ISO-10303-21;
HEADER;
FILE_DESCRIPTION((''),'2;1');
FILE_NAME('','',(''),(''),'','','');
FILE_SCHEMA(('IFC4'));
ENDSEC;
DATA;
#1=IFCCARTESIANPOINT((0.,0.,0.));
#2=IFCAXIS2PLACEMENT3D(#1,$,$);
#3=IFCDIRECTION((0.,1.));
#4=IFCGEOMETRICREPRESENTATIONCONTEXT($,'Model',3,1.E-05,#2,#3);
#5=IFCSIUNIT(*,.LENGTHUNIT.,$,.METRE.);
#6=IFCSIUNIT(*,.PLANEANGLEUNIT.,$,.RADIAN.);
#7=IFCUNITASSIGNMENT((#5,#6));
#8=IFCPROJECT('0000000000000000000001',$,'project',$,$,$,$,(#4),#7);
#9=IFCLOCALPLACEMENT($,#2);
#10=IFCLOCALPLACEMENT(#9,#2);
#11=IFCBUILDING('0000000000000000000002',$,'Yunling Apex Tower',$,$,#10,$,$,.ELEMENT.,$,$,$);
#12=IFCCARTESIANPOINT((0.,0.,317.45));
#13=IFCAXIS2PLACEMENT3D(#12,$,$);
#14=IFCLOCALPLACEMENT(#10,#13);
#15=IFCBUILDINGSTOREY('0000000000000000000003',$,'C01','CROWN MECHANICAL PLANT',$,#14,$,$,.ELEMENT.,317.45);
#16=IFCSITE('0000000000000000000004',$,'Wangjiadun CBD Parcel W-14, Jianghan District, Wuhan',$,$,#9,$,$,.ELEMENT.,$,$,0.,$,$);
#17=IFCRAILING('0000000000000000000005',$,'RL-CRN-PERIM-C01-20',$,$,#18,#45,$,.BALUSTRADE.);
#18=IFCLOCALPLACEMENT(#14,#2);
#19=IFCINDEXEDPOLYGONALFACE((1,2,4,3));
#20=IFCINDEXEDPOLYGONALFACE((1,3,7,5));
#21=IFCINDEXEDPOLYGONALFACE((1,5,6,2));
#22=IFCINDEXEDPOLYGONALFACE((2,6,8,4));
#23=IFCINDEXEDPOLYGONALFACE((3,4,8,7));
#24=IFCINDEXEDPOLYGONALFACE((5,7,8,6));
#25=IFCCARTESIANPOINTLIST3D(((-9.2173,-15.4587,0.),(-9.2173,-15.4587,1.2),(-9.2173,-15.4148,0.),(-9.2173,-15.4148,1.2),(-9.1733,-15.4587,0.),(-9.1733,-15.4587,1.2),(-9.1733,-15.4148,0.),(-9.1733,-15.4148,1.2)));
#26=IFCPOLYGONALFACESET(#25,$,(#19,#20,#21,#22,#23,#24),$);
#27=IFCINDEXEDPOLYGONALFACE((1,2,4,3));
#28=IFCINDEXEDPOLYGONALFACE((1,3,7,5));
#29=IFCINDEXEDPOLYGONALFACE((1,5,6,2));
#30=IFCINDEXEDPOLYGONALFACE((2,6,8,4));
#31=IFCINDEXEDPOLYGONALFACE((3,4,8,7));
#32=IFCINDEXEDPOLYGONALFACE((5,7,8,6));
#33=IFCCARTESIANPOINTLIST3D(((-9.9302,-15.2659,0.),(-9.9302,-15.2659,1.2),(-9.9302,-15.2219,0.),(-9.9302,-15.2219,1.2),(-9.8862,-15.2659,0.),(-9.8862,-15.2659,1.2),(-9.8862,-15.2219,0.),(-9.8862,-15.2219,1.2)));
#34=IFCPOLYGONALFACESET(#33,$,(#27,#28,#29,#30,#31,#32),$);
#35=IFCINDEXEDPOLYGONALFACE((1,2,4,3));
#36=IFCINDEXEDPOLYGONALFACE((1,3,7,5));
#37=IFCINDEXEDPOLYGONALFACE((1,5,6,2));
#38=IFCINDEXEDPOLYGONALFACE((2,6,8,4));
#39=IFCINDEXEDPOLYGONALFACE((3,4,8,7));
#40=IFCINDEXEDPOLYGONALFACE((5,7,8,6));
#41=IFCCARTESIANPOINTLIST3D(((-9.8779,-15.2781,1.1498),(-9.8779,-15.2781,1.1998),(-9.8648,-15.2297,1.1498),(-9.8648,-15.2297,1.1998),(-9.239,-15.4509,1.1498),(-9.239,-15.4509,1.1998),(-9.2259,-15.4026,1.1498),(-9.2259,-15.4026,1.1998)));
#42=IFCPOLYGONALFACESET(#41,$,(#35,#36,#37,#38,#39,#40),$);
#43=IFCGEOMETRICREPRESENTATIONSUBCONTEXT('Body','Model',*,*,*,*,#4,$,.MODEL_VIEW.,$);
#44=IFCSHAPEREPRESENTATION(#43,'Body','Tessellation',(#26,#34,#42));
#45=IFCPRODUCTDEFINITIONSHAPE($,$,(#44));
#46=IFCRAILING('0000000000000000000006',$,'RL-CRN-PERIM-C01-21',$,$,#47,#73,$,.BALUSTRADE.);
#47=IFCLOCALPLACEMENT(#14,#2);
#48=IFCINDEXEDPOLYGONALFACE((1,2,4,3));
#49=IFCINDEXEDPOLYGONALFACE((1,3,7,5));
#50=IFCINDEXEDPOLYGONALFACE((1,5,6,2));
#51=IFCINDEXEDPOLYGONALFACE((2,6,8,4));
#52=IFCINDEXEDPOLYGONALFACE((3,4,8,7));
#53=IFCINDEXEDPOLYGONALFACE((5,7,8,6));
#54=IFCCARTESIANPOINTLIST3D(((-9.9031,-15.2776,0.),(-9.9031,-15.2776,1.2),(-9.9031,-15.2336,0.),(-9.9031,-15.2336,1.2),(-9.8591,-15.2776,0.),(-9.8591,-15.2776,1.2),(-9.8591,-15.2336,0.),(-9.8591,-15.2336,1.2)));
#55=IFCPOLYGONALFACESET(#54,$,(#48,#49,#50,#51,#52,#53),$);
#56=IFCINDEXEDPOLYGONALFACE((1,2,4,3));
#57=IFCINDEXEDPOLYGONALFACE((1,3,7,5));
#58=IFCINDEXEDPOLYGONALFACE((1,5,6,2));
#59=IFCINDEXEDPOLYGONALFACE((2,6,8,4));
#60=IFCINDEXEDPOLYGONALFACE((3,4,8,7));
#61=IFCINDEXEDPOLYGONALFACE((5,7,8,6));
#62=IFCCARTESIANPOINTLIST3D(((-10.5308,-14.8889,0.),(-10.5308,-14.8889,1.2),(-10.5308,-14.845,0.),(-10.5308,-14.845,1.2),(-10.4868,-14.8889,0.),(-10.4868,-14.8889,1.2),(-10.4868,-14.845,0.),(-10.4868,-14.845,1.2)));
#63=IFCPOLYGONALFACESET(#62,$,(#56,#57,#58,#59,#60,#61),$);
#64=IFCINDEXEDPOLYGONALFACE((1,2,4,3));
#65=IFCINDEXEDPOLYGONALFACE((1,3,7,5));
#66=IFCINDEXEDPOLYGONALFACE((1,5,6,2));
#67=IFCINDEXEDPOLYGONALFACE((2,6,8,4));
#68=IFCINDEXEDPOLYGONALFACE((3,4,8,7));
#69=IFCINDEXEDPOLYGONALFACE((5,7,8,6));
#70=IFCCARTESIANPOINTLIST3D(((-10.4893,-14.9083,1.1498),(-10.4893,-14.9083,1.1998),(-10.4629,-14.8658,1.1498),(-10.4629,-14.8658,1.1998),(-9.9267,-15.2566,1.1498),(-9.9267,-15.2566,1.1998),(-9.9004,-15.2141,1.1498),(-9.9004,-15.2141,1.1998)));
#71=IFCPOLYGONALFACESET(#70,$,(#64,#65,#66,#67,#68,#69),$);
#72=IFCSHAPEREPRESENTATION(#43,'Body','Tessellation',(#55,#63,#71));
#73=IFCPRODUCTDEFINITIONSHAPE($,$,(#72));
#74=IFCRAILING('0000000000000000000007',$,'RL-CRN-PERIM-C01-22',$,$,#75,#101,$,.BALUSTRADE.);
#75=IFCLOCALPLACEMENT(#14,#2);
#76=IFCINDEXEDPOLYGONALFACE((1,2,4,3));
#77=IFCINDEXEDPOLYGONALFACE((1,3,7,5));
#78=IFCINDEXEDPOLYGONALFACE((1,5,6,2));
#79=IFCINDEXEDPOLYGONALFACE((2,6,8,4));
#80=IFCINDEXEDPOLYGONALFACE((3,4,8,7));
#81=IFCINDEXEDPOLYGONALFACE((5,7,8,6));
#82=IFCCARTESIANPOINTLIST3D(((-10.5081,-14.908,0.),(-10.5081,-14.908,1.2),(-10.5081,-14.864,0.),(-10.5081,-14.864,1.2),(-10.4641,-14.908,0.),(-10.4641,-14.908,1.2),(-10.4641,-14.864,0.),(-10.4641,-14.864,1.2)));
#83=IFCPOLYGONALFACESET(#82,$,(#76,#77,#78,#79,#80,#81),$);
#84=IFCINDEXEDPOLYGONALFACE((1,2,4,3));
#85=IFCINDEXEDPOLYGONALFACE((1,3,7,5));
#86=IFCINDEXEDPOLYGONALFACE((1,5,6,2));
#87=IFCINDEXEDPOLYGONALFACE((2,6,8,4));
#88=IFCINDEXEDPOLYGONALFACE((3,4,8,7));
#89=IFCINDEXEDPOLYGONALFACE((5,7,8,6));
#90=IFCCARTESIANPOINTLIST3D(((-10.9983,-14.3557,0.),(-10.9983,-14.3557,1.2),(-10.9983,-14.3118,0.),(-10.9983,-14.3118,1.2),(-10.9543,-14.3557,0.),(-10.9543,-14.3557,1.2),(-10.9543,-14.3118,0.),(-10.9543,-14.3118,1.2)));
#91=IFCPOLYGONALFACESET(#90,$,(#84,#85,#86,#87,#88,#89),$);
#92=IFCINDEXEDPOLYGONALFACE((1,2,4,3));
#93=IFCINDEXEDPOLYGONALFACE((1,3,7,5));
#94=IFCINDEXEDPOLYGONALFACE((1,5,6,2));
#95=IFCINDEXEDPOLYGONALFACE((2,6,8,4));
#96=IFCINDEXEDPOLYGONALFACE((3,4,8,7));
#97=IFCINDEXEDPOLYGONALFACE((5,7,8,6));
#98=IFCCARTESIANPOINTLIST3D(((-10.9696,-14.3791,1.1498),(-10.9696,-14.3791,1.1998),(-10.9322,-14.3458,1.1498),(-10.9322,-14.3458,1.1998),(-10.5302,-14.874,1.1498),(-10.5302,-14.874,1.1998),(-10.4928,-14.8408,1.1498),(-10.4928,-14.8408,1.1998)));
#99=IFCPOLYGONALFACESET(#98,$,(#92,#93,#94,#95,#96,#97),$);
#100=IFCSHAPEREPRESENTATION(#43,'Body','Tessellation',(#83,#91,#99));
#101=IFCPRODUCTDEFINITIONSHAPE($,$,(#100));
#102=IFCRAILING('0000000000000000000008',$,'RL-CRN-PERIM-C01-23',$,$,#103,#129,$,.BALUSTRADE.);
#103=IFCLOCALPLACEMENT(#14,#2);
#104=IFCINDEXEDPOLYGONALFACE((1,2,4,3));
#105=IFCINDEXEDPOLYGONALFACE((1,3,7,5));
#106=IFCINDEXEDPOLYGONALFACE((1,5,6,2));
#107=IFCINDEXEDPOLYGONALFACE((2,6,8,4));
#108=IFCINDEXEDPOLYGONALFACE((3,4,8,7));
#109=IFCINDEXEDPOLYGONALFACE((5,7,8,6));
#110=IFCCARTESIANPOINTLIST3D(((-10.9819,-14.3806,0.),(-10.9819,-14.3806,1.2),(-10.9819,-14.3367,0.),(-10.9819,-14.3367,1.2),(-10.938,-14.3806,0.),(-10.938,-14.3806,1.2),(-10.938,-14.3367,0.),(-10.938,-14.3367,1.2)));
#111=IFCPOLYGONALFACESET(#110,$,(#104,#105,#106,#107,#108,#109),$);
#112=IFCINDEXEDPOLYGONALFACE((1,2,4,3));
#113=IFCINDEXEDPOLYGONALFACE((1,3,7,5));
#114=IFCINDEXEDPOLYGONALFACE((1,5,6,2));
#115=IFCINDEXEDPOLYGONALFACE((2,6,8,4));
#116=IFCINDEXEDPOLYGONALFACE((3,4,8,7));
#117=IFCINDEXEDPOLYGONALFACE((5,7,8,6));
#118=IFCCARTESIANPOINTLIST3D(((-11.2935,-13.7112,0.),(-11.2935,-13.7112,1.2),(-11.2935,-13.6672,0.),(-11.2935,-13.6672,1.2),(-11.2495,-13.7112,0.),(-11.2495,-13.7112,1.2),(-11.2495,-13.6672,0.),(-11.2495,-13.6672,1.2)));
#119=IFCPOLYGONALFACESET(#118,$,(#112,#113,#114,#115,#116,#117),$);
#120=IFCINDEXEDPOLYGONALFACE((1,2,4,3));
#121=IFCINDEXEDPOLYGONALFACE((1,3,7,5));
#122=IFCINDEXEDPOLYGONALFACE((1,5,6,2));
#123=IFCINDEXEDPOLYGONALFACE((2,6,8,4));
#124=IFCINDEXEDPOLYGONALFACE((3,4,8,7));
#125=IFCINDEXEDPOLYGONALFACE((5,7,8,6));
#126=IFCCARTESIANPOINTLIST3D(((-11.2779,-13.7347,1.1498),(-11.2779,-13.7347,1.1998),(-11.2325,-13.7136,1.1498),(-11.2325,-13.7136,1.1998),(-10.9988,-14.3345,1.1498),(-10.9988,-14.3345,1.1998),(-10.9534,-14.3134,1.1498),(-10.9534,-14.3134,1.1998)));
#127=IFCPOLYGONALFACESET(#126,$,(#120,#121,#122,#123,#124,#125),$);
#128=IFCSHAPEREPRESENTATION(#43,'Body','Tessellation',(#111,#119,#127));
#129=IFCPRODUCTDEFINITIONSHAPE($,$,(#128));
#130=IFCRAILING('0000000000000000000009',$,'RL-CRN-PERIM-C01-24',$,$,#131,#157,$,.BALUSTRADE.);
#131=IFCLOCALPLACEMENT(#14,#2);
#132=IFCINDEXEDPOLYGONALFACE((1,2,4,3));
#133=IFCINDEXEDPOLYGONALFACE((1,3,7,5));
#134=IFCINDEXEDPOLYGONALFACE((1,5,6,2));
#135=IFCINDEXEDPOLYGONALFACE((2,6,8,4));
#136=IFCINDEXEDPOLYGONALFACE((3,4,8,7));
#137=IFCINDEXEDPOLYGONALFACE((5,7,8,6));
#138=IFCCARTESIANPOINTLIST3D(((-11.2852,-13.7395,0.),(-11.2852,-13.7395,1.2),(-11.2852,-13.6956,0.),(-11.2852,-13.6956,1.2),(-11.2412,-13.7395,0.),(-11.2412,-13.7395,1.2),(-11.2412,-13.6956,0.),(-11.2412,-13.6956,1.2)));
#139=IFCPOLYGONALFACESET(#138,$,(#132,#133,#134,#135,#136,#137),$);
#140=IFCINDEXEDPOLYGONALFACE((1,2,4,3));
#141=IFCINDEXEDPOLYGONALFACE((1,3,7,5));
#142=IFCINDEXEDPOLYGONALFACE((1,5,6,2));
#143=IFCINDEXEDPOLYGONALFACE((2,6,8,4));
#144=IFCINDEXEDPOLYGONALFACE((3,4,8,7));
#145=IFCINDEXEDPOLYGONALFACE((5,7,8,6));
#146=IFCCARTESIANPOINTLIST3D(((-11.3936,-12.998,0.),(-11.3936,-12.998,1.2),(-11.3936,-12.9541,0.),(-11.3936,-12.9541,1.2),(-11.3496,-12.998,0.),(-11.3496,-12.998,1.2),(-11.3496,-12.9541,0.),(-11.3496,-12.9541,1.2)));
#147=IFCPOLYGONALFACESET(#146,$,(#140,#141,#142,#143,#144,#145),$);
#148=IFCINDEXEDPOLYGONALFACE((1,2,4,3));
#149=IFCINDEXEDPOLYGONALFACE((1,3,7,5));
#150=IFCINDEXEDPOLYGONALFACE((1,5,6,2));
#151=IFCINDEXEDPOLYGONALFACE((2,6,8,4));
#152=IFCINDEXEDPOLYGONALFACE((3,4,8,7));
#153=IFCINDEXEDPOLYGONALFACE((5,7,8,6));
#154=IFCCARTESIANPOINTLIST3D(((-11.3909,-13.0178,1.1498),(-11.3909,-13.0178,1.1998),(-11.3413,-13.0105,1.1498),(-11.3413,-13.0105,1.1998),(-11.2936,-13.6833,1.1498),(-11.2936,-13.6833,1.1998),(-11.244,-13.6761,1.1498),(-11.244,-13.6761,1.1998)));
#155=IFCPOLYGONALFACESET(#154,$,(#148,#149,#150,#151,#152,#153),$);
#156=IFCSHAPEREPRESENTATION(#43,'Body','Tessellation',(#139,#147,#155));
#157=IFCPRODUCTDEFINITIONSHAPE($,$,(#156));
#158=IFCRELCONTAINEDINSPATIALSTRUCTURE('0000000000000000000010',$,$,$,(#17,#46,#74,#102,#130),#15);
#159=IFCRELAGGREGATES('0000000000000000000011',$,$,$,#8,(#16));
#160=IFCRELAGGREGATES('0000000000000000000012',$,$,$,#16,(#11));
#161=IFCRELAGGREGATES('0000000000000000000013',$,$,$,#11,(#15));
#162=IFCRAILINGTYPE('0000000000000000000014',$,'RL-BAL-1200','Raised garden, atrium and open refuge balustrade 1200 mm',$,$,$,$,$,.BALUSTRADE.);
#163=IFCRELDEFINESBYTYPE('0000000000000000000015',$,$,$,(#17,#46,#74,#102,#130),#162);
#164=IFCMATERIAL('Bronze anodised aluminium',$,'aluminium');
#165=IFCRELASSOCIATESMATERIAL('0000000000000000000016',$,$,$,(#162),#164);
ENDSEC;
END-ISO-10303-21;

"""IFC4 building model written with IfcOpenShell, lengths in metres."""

from ifc_helpers import new_model, si_unit, direction, frame, origin, origin_2d, place, context, subcontext, project, spatial, rectangle, extrude, material, type_object, element, save


model = new_model("IFC4")

# Units and contexts
model_context = context("Model", 3, precision=1e-05, world=origin(), true_north=direction((0.0, 1.0)))
body_context = subcontext(model_context, "Body", "Model", "MODEL_VIEW")
ifc_project = project(units=[si_unit("LENGTHUNIT", "METRE"), si_unit("PLANEANGLEUNIT", "RADIAN")], contexts=[model_context])

# Site, building, storey
site_placement = place(None, origin())
site = spatial("IfcSite", under=ifc_project, at=site_placement, Name="Wangjiadun CBD Parcel W-14, Jianghan District, Wuhan", CompositionType="ELEMENT", RefElevation=0.0)
building_placement = place(site_placement, origin())
building = spatial("IfcBuilding", under=site, at=building_placement, Name="Yunling Apex Tower", CompositionType="ELEMENT")
storey_placement = place(building_placement, frame((0.0, 0.0, 317.45)))
storey = spatial("IfcBuildingStorey", under=building, at=storey_placement, Name="C01", Description="CROWN MECHANICAL PLANT", CompositionType="ELEMENT", Elevation=317.45)

# Shared definitions
ifc_material_1 = material(Name="Bronze anodised aluminium", Category="aluminium")

# Railings
railing_type = type_object("IfcRailingType", Name="RL-BAL-1200", Description="Raised garden, atrium and open refuge balustrade 1200 mm", PredefinedType="BALUSTRADE", material=ifc_material_1)
railing_1_placement = place(storey_placement, frame((-9.1953, -15.4368, 0.0)))
element("IfcRailing", 1, at=railing_1_placement, inside=storey, type_object=railing_type, Name="RL-CRN-PERIM-C01-20", PredefinedType="BALUSTRADE", context=body_context, shape_type="SweptSolid", body=[
    extrude(rectangle(XDim=0.0439, YDim=0.0439, at=origin_2d()), origin(), (0.0, 0.0, 1.0), 1.2),
    extrude(rectangle(XDim=0.0439, YDim=0.0439, at=origin_2d()), frame((-0.7129, 0.1929, 0.0)), (0.0, 0.0, 1.0), 1.2),
    extrude(rectangle(XDim=0.05, YDim=0.05, at=origin_2d()), frame((-0.0371, 0.01, 1.1748), z_axis=(-0.965296, 0.261159, 0.0), x_axis=(-0.261159, -0.965296, 0.0)), (0.0, 0.0, 1.0), 0.6619),
])
railing_2_placement = place(storey_placement, frame((-9.8811, -15.2556, 0.0)))
element("IfcRailing", 2, at=railing_2_placement, inside=storey, type_object=railing_type, Name="RL-CRN-PERIM-C01-21", PredefinedType="BALUSTRADE", context=body_context, shape_type="SweptSolid", body=[
    extrude(rectangle(XDim=0.0439, YDim=0.0439, at=origin_2d()), origin(), (0.0, 0.0, 1.0), 1.2),
    extrude(rectangle(XDim=0.0439, YDim=0.0439, at=origin_2d()), frame((-0.6277, 0.3887, 0.0)), (0.0, 0.0, 1.0), 1.2),
    extrude(rectangle(XDim=0.05, YDim=0.05, at=origin_2d()), frame((-0.0325, 0.0203, 1.1748), z_axis=(-0.850202, 0.526457, 0.0), x_axis=(-0.526457, -0.850202, 0.0)), (0.0, 0.0, 1.0), 0.6616),
])
railing_3_placement = place(storey_placement, frame((-10.4861, -14.886, 0.0)))
element("IfcRailing", 3, at=railing_3_placement, inside=storey, type_object=railing_type, Name="RL-CRN-PERIM-C01-22", PredefinedType="BALUSTRADE", context=body_context, shape_type="SweptSolid", body=[
    extrude(rectangle(XDim=0.0439, YDim=0.0439, at=origin_2d()), origin(), (0.0, 0.0, 1.0), 1.2),
    extrude(rectangle(XDim=0.0439, YDim=0.0439, at=origin_2d()), frame((-0.4902, 0.5522, 0.0)), (0.0, 0.0, 1.0), 1.2),
    extrude(rectangle(XDim=0.05, YDim=0.05, at=origin_2d()), frame((-0.0254, 0.0286, 1.1748), z_axis=(-0.663871, 0.747847, 0.0), x_axis=(-0.747847, -0.663871, 0.0)), (0.0, 0.0, 1.0), 0.6619),
])
railing_4_placement = place(storey_placement, frame((-10.96, -14.3586, 0.0)))
element("IfcRailing", 4, at=railing_4_placement, inside=storey, type_object=railing_type, Name="RL-CRN-PERIM-C01-23", PredefinedType="BALUSTRADE", context=body_context, shape_type="SweptSolid", body=[
    extrude(rectangle(XDim=0.0439, YDim=0.0439, at=origin_2d()), origin(), (0.0, 0.0, 1.0), 1.2),
    extrude(rectangle(XDim=0.0439, YDim=0.0439, at=origin_2d()), frame((-0.3115, 0.6694, 0.0)), (0.0, 0.0, 1.0), 1.2),
    extrude(rectangle(XDim=0.05, YDim=0.05, at=origin_2d()), frame((-0.0161, 0.0347, 1.1748), z_axis=(-0.421908, 0.906639, 0.0), x_axis=(-0.906639, -0.421908, 0.0)), (0.0, 0.0, 1.0), 0.6616),
])
railing_5_placement = place(storey_placement, frame((-11.2632, -13.7175, 0.0)))
element("IfcRailing", 5, at=railing_5_placement, inside=storey, type_object=railing_type, Name="RL-CRN-PERIM-C01-24", PredefinedType="BALUSTRADE", context=body_context, shape_type="SweptSolid", body=[
    extrude(rectangle(XDim=0.0439, YDim=0.0439, at=origin_2d()), origin(), (0.0, 0.0, 1.0), 1.2),
    extrude(rectangle(XDim=0.0439, YDim=0.0439, at=origin_2d()), frame((-0.1084, 0.7415, 0.0)), (0.0, 0.0, 1.0), 1.2),
    extrude(rectangle(XDim=0.05, YDim=0.05, at=origin_2d()), frame((-0.0056, 0.0378, 1.1748), z_axis=(-0.144659, 0.989482, 0.0), x_axis=(-0.989482, -0.144659, 0.0)), (0.0, 0.0, 1.0), 0.6726),
])

save(model, "model.ifc")
